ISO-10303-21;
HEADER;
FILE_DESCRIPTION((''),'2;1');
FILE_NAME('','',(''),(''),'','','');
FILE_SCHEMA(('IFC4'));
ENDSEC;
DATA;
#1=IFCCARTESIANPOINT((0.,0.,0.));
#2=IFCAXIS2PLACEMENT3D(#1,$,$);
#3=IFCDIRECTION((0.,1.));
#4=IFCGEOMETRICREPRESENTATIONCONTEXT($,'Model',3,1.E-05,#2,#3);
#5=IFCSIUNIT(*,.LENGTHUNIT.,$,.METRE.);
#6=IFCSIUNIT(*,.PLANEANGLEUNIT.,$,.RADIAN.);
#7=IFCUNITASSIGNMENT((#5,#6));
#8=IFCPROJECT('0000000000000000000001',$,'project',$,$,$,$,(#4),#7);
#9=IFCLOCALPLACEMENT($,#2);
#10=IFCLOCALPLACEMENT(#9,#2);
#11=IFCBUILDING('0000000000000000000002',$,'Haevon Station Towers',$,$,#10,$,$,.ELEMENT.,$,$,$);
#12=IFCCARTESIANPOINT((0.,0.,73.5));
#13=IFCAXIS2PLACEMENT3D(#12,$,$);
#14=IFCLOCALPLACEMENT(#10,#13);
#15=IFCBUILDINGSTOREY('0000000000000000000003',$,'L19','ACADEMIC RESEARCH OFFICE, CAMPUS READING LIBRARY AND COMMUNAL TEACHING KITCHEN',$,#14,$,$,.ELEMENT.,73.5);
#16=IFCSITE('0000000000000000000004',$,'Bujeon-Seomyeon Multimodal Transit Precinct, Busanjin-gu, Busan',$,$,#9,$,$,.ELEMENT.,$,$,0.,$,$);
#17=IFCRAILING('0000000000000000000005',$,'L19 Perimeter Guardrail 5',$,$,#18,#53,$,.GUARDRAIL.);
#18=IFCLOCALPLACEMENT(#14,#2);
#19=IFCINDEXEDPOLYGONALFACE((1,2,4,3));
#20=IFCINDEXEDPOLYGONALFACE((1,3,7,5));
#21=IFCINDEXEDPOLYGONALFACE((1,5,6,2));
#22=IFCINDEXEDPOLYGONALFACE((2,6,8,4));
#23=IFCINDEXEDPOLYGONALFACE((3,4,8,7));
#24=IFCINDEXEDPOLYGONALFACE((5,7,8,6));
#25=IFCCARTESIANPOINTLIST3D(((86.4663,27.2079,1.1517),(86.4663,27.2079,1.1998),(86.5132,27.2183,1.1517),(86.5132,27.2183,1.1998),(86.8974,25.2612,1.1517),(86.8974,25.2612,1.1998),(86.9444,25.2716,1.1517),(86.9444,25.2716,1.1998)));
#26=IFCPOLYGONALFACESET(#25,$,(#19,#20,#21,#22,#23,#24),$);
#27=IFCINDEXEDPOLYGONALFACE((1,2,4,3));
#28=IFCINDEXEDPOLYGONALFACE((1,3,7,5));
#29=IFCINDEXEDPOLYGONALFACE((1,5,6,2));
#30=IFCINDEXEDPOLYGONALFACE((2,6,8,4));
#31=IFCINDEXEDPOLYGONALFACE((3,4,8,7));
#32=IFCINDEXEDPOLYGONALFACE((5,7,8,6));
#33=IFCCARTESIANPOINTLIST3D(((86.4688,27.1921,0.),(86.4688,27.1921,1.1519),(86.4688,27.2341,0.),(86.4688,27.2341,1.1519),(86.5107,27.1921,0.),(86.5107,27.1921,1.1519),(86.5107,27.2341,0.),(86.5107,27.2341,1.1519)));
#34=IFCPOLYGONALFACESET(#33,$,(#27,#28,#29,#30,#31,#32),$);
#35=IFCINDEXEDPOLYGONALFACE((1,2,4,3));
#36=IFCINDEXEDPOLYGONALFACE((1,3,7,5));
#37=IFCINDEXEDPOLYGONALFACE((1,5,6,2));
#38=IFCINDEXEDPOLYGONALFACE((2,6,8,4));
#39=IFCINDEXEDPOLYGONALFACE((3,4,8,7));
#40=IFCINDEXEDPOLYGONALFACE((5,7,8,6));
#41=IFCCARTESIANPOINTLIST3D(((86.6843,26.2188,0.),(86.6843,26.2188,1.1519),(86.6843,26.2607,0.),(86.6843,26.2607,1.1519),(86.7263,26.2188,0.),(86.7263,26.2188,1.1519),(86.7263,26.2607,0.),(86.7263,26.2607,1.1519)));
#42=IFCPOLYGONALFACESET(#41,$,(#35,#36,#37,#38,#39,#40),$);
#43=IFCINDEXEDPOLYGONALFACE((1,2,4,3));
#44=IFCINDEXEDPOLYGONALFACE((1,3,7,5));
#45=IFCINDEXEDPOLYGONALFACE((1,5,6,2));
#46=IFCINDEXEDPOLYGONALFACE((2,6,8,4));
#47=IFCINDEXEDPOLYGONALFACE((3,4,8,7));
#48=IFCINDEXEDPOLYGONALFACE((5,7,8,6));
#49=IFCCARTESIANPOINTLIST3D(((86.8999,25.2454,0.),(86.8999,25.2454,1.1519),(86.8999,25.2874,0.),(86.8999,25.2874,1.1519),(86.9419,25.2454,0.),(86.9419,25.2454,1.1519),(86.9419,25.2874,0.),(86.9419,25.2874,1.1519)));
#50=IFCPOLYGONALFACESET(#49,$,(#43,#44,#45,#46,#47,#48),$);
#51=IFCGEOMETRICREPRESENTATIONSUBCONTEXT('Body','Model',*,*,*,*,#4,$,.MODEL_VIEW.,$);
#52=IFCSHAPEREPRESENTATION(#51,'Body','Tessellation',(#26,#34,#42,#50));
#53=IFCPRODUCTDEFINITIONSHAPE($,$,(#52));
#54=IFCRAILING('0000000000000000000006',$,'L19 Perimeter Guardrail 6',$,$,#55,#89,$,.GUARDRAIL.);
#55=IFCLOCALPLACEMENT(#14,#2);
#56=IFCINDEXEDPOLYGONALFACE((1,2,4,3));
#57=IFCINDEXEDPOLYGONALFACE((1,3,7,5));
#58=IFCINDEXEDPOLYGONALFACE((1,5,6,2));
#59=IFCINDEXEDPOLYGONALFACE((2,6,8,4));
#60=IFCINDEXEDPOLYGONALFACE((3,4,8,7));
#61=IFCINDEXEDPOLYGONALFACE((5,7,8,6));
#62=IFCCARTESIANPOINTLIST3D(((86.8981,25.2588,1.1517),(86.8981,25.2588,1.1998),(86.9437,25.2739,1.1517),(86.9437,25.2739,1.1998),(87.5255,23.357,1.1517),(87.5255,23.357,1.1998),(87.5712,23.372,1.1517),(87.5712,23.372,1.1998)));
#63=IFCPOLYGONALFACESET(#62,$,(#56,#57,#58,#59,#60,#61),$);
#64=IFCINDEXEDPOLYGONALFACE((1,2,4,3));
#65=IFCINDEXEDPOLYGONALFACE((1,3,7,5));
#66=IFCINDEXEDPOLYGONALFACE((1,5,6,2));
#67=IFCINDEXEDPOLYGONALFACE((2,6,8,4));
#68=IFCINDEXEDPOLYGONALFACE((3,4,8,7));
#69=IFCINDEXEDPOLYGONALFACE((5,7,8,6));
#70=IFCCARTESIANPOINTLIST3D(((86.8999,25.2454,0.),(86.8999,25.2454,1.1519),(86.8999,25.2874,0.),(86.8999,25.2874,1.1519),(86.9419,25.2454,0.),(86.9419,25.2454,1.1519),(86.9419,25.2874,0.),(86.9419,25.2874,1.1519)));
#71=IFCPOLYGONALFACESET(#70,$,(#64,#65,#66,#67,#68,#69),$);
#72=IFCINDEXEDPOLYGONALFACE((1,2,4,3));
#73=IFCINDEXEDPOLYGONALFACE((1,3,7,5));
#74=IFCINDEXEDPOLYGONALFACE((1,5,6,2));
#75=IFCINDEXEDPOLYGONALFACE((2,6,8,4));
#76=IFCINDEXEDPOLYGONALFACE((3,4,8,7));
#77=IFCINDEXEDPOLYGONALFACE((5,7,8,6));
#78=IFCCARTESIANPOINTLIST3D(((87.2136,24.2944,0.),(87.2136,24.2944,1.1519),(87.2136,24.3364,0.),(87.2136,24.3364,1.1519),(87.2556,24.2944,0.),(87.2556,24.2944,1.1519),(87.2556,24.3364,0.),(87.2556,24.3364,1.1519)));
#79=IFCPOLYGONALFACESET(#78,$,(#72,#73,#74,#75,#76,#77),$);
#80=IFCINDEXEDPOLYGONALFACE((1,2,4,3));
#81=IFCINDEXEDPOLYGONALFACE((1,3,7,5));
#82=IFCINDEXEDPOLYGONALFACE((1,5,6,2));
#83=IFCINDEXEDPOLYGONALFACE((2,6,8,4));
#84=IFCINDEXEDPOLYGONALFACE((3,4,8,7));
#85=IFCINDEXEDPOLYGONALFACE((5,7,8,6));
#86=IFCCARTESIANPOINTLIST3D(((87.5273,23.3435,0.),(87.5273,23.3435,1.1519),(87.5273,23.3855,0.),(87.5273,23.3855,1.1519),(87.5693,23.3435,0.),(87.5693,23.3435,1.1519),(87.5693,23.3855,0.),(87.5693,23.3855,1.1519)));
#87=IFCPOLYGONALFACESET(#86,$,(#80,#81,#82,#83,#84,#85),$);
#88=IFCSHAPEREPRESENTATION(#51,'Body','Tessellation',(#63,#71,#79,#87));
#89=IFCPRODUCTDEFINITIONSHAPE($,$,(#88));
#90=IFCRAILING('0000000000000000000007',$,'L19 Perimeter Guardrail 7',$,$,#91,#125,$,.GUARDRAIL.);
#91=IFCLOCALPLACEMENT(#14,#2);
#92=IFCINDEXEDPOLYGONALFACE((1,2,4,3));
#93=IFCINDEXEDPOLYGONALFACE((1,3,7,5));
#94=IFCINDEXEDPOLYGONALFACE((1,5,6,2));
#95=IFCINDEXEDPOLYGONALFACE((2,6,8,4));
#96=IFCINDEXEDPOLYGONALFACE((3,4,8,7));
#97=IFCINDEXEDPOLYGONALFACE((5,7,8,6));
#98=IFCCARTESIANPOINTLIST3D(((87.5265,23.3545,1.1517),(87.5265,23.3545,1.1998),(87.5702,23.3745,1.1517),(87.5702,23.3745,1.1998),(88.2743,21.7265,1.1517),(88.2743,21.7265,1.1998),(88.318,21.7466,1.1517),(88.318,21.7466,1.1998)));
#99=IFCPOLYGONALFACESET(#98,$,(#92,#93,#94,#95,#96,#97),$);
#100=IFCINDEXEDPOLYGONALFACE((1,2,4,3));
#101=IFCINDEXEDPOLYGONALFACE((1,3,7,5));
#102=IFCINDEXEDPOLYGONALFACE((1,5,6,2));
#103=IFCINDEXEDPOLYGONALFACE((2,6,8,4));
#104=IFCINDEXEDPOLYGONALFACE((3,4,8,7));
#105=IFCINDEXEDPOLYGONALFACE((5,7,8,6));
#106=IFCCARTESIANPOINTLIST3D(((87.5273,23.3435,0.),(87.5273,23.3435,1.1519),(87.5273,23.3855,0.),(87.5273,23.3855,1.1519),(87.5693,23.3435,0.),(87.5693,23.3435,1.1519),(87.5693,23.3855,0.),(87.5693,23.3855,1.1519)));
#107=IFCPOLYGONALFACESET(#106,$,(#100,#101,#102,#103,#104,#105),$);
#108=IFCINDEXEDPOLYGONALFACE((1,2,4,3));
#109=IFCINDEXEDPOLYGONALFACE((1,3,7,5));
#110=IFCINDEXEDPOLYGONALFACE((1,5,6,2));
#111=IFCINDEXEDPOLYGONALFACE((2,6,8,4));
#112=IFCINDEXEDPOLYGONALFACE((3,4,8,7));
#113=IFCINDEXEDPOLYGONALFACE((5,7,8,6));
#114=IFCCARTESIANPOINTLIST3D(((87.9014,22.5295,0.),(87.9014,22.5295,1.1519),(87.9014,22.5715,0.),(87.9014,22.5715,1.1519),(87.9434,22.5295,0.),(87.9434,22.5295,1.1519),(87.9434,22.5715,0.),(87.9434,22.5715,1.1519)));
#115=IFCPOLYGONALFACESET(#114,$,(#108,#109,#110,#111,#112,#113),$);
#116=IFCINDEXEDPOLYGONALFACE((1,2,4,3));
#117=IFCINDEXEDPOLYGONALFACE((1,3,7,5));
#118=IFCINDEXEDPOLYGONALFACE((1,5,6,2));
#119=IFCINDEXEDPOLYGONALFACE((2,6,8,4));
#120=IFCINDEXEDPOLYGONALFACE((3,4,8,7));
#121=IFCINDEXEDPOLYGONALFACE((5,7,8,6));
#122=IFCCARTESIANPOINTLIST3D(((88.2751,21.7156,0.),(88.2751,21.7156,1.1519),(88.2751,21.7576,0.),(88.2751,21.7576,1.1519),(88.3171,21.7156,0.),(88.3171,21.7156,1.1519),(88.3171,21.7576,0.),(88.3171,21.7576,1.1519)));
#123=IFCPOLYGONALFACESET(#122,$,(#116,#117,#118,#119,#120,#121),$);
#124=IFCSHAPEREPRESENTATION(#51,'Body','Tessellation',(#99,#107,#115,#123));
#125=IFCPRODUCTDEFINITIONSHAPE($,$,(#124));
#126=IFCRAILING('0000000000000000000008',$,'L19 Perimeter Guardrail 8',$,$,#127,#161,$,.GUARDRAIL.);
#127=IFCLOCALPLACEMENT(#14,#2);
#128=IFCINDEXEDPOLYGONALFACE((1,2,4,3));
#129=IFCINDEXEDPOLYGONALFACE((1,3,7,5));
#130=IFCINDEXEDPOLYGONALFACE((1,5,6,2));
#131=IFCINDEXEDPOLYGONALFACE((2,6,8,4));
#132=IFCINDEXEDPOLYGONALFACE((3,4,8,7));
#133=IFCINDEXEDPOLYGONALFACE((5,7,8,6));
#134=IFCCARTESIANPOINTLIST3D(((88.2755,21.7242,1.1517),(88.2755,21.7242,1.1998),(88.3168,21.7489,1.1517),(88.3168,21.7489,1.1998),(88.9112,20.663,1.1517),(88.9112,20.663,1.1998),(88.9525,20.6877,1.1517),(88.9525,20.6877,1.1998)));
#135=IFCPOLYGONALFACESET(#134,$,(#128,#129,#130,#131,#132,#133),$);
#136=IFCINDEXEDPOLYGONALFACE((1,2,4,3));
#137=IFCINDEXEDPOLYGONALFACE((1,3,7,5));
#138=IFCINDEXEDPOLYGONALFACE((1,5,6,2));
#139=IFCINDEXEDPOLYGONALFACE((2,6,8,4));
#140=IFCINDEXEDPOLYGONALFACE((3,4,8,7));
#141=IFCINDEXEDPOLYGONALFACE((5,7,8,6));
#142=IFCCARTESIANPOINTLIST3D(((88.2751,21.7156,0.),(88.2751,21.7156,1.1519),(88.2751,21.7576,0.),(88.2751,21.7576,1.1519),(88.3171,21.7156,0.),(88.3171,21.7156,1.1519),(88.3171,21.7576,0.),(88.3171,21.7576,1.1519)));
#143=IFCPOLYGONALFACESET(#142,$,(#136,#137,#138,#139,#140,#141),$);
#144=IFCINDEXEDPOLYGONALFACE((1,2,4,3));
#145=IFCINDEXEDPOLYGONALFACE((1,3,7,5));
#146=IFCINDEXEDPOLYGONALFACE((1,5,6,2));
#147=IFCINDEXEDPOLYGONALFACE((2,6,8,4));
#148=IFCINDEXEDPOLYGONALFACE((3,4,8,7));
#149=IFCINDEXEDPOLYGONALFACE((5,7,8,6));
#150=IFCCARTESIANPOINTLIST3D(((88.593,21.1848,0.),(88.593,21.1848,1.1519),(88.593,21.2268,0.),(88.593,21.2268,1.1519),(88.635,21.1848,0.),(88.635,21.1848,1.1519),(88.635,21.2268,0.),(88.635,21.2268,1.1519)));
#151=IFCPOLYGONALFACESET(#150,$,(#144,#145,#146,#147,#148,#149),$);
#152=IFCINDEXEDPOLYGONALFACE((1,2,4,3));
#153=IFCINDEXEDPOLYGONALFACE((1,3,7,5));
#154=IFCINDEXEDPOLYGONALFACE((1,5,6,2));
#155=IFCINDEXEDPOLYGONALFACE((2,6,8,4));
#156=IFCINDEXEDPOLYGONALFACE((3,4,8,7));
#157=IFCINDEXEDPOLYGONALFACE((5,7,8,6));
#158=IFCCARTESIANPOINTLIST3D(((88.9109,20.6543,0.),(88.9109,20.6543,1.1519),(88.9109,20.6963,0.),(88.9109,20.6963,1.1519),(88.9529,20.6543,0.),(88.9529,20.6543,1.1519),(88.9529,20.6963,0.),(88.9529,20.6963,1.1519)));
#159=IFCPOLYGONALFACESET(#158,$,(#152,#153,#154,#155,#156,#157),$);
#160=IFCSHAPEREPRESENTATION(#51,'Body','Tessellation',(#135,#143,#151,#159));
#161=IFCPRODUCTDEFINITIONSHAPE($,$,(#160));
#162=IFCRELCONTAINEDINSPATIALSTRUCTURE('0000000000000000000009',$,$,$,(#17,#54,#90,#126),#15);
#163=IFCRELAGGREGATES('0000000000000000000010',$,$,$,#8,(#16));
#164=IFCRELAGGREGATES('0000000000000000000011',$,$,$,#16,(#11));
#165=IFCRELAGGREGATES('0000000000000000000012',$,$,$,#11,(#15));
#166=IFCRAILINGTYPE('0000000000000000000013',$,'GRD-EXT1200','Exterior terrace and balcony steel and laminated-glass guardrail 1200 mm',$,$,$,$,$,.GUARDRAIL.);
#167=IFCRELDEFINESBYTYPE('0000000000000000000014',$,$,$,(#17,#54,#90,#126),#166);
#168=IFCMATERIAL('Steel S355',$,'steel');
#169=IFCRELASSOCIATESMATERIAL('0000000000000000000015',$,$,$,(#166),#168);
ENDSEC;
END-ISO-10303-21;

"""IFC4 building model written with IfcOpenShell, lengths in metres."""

from ifc_helpers import new_model, si_unit, direction, frame, origin, origin_2d, place, context, subcontext, project, spatial, rectangle, extrude, material, type_object, element, save


model = new_model("IFC4")

# Units and contexts
model_context = context("Model", 3, precision=1e-05, world=origin(), true_north=direction((0.0, 1.0)))
body_context = subcontext(model_context, "Body", "Model", "MODEL_VIEW")
ifc_project = project(units=[si_unit("LENGTHUNIT", "METRE"), si_unit("PLANEANGLEUNIT", "RADIAN")], contexts=[model_context])

# Site, building, storey
site_placement = place(None, origin())
site = spatial("IfcSite", under=ifc_project, at=site_placement, Name="Bujeon-Seomyeon Multimodal Transit Precinct, Busanjin-gu, Busan", CompositionType="ELEMENT", RefElevation=0.0)
building_placement = place(site_placement, origin())
building = spatial("IfcBuilding", under=site, at=building_placement, Name="Haevon Station Towers", CompositionType="ELEMENT")
storey_placement = place(building_placement, frame((0.0, 0.0, 73.5)))
storey = spatial("IfcBuildingStorey", under=building, at=storey_placement, Name="L19", Description="ACADEMIC RESEARCH OFFICE, CAMPUS READING LIBRARY AND COMMUNAL TEACHING KITCHEN", CompositionType="ELEMENT", Elevation=73.5)

# Shared definitions
ifc_material_1 = material(Name="Steel S355", Category="steel")

# Railings
railing_type = type_object("IfcRailingType", Name="GRD-EXT1200", Description="Exterior terrace and balcony steel and laminated-glass guardrail 1200 mm", PredefinedType="GUARDRAIL", material=ifc_material_1)
railing_1_placement = place(storey_placement, frame((86.4897, 27.2131, 0.0)))
element("IfcRailing", 1, at=railing_1_placement, inside=storey, type_object=railing_type, Name="L19 Perimeter Guardrail 5", PredefinedType="GUARDRAIL", context=body_context, shape_type="SweptSolid", body=[
    extrude(rectangle(XDim=0.0481, YDim=0.0481, at=origin_2d()), frame((0.0, 0.0, 1.1758), z_axis=(0.21623, -0.976342, 0.0), x_axis=(0.976342, 0.21623, 0.0)), (0.0, 0.0, 1.0), 1.9939),
    extrude(rectangle(XDim=0.042, YDim=0.042, at=origin_2d()), origin(), (0.0, 0.0, 1.0), 1.1519),
    extrude(rectangle(XDim=0.042, YDim=0.042, at=origin_2d()), frame((0.2156, -0.9734, 0.0)), (0.0, 0.0, 1.0), 1.1519),
    extrude(rectangle(XDim=0.042, YDim=0.042, at=origin_2d()), frame((0.4312, -1.9468, 0.0)), (0.0, 0.0, 1.0), 1.1519),
])
railing_2_placement = place(storey_placement, frame((86.9209, 25.2664, 0.0)))
element("IfcRailing", 2, at=railing_2_placement, inside=storey, type_object=railing_type, Name="L19 Perimeter Guardrail 6", PredefinedType="GUARDRAIL", context=body_context, shape_type="SweptSolid", body=[
    extrude(rectangle(XDim=0.0481, YDim=0.0481, at=origin_2d()), frame((0.0, 0.0, 1.1758), z_axis=(0.3133, -0.949654, 0.0), x_axis=(0.949654, 0.3133, 0.0)), (0.0, 0.0, 1.0), 2.0027),
    extrude(rectangle(XDim=0.042, YDim=0.042, at=origin_2d()), origin(), (0.0, 0.0, 1.0), 1.1519),
    extrude(rectangle(XDim=0.042, YDim=0.042, at=origin_2d()), frame((0.3137, -0.9509, 0.0)), (0.0, 0.0, 1.0), 1.1519),
    extrude(rectangle(XDim=0.042, YDim=0.042, at=origin_2d()), frame((0.6274, -1.9019, 0.0)), (0.0, 0.0, 1.0), 1.1519),
])
railing_3_placement = place(storey_placement, frame((87.5483, 23.3645, 0.0)))
element("IfcRailing", 3, at=railing_3_placement, inside=storey, type_object=railing_type, Name="L19 Perimeter Guardrail 7", PredefinedType="GUARDRAIL", context=body_context, shape_type="SweptSolid", body=[
    extrude(rectangle(XDim=0.0481, YDim=0.0481, at=origin_2d()), frame((0.0, 0.0, 1.1758), z_axis=(0.417424, -0.908712, 0.0), x_axis=(0.908712, 0.417424, 0.0)), (0.0, 0.0, 1.0), 1.7915),
    extrude(rectangle(XDim=0.042, YDim=0.042, at=origin_2d()), origin(), (0.0, 0.0, 1.0), 1.1519),
    extrude(rectangle(XDim=0.042, YDim=0.042, at=origin_2d()), frame((0.374, -0.814, 0.0)), (0.0, 0.0, 1.0), 1.1519),
    extrude(rectangle(XDim=0.042, YDim=0.042, at=origin_2d()), frame((0.7478, -1.6279, 0.0)), (0.0, 0.0, 1.0), 1.1519),
])
railing_4_placement = place(storey_placement, frame((88.2961, 21.7366, 0.0)))
element("IfcRailing", 4, at=railing_4_placement, inside=storey, type_object=railing_type, Name="L19 Perimeter Guardrail 8", PredefinedType="GUARDRAIL", context=body_context, shape_type="SweptSolid", body=[
    extrude(rectangle(XDim=0.0481, YDim=0.0481, at=origin_2d()), frame((0.0, 0.0, 1.1758), z_axis=(0.513886, -0.857858, 0.0), x_axis=(0.857858, 0.513886, 0.0)), (0.0, 0.0, 1.0), 1.2371),
    extrude(rectangle(XDim=0.042, YDim=0.042, at=origin_2d()), origin(), (0.0, 0.0, 1.0), 1.1519),
    extrude(rectangle(XDim=0.042, YDim=0.042, at=origin_2d()), frame((0.3179, -0.5308, 0.0)), (0.0, 0.0, 1.0), 1.1519),
    extrude(rectangle(XDim=0.042, YDim=0.042, at=origin_2d()), frame((0.6357, -1.0613, 0.0)), (0.0, 0.0, 1.0), 1.1519),
])

save(model, "model.ifc")
